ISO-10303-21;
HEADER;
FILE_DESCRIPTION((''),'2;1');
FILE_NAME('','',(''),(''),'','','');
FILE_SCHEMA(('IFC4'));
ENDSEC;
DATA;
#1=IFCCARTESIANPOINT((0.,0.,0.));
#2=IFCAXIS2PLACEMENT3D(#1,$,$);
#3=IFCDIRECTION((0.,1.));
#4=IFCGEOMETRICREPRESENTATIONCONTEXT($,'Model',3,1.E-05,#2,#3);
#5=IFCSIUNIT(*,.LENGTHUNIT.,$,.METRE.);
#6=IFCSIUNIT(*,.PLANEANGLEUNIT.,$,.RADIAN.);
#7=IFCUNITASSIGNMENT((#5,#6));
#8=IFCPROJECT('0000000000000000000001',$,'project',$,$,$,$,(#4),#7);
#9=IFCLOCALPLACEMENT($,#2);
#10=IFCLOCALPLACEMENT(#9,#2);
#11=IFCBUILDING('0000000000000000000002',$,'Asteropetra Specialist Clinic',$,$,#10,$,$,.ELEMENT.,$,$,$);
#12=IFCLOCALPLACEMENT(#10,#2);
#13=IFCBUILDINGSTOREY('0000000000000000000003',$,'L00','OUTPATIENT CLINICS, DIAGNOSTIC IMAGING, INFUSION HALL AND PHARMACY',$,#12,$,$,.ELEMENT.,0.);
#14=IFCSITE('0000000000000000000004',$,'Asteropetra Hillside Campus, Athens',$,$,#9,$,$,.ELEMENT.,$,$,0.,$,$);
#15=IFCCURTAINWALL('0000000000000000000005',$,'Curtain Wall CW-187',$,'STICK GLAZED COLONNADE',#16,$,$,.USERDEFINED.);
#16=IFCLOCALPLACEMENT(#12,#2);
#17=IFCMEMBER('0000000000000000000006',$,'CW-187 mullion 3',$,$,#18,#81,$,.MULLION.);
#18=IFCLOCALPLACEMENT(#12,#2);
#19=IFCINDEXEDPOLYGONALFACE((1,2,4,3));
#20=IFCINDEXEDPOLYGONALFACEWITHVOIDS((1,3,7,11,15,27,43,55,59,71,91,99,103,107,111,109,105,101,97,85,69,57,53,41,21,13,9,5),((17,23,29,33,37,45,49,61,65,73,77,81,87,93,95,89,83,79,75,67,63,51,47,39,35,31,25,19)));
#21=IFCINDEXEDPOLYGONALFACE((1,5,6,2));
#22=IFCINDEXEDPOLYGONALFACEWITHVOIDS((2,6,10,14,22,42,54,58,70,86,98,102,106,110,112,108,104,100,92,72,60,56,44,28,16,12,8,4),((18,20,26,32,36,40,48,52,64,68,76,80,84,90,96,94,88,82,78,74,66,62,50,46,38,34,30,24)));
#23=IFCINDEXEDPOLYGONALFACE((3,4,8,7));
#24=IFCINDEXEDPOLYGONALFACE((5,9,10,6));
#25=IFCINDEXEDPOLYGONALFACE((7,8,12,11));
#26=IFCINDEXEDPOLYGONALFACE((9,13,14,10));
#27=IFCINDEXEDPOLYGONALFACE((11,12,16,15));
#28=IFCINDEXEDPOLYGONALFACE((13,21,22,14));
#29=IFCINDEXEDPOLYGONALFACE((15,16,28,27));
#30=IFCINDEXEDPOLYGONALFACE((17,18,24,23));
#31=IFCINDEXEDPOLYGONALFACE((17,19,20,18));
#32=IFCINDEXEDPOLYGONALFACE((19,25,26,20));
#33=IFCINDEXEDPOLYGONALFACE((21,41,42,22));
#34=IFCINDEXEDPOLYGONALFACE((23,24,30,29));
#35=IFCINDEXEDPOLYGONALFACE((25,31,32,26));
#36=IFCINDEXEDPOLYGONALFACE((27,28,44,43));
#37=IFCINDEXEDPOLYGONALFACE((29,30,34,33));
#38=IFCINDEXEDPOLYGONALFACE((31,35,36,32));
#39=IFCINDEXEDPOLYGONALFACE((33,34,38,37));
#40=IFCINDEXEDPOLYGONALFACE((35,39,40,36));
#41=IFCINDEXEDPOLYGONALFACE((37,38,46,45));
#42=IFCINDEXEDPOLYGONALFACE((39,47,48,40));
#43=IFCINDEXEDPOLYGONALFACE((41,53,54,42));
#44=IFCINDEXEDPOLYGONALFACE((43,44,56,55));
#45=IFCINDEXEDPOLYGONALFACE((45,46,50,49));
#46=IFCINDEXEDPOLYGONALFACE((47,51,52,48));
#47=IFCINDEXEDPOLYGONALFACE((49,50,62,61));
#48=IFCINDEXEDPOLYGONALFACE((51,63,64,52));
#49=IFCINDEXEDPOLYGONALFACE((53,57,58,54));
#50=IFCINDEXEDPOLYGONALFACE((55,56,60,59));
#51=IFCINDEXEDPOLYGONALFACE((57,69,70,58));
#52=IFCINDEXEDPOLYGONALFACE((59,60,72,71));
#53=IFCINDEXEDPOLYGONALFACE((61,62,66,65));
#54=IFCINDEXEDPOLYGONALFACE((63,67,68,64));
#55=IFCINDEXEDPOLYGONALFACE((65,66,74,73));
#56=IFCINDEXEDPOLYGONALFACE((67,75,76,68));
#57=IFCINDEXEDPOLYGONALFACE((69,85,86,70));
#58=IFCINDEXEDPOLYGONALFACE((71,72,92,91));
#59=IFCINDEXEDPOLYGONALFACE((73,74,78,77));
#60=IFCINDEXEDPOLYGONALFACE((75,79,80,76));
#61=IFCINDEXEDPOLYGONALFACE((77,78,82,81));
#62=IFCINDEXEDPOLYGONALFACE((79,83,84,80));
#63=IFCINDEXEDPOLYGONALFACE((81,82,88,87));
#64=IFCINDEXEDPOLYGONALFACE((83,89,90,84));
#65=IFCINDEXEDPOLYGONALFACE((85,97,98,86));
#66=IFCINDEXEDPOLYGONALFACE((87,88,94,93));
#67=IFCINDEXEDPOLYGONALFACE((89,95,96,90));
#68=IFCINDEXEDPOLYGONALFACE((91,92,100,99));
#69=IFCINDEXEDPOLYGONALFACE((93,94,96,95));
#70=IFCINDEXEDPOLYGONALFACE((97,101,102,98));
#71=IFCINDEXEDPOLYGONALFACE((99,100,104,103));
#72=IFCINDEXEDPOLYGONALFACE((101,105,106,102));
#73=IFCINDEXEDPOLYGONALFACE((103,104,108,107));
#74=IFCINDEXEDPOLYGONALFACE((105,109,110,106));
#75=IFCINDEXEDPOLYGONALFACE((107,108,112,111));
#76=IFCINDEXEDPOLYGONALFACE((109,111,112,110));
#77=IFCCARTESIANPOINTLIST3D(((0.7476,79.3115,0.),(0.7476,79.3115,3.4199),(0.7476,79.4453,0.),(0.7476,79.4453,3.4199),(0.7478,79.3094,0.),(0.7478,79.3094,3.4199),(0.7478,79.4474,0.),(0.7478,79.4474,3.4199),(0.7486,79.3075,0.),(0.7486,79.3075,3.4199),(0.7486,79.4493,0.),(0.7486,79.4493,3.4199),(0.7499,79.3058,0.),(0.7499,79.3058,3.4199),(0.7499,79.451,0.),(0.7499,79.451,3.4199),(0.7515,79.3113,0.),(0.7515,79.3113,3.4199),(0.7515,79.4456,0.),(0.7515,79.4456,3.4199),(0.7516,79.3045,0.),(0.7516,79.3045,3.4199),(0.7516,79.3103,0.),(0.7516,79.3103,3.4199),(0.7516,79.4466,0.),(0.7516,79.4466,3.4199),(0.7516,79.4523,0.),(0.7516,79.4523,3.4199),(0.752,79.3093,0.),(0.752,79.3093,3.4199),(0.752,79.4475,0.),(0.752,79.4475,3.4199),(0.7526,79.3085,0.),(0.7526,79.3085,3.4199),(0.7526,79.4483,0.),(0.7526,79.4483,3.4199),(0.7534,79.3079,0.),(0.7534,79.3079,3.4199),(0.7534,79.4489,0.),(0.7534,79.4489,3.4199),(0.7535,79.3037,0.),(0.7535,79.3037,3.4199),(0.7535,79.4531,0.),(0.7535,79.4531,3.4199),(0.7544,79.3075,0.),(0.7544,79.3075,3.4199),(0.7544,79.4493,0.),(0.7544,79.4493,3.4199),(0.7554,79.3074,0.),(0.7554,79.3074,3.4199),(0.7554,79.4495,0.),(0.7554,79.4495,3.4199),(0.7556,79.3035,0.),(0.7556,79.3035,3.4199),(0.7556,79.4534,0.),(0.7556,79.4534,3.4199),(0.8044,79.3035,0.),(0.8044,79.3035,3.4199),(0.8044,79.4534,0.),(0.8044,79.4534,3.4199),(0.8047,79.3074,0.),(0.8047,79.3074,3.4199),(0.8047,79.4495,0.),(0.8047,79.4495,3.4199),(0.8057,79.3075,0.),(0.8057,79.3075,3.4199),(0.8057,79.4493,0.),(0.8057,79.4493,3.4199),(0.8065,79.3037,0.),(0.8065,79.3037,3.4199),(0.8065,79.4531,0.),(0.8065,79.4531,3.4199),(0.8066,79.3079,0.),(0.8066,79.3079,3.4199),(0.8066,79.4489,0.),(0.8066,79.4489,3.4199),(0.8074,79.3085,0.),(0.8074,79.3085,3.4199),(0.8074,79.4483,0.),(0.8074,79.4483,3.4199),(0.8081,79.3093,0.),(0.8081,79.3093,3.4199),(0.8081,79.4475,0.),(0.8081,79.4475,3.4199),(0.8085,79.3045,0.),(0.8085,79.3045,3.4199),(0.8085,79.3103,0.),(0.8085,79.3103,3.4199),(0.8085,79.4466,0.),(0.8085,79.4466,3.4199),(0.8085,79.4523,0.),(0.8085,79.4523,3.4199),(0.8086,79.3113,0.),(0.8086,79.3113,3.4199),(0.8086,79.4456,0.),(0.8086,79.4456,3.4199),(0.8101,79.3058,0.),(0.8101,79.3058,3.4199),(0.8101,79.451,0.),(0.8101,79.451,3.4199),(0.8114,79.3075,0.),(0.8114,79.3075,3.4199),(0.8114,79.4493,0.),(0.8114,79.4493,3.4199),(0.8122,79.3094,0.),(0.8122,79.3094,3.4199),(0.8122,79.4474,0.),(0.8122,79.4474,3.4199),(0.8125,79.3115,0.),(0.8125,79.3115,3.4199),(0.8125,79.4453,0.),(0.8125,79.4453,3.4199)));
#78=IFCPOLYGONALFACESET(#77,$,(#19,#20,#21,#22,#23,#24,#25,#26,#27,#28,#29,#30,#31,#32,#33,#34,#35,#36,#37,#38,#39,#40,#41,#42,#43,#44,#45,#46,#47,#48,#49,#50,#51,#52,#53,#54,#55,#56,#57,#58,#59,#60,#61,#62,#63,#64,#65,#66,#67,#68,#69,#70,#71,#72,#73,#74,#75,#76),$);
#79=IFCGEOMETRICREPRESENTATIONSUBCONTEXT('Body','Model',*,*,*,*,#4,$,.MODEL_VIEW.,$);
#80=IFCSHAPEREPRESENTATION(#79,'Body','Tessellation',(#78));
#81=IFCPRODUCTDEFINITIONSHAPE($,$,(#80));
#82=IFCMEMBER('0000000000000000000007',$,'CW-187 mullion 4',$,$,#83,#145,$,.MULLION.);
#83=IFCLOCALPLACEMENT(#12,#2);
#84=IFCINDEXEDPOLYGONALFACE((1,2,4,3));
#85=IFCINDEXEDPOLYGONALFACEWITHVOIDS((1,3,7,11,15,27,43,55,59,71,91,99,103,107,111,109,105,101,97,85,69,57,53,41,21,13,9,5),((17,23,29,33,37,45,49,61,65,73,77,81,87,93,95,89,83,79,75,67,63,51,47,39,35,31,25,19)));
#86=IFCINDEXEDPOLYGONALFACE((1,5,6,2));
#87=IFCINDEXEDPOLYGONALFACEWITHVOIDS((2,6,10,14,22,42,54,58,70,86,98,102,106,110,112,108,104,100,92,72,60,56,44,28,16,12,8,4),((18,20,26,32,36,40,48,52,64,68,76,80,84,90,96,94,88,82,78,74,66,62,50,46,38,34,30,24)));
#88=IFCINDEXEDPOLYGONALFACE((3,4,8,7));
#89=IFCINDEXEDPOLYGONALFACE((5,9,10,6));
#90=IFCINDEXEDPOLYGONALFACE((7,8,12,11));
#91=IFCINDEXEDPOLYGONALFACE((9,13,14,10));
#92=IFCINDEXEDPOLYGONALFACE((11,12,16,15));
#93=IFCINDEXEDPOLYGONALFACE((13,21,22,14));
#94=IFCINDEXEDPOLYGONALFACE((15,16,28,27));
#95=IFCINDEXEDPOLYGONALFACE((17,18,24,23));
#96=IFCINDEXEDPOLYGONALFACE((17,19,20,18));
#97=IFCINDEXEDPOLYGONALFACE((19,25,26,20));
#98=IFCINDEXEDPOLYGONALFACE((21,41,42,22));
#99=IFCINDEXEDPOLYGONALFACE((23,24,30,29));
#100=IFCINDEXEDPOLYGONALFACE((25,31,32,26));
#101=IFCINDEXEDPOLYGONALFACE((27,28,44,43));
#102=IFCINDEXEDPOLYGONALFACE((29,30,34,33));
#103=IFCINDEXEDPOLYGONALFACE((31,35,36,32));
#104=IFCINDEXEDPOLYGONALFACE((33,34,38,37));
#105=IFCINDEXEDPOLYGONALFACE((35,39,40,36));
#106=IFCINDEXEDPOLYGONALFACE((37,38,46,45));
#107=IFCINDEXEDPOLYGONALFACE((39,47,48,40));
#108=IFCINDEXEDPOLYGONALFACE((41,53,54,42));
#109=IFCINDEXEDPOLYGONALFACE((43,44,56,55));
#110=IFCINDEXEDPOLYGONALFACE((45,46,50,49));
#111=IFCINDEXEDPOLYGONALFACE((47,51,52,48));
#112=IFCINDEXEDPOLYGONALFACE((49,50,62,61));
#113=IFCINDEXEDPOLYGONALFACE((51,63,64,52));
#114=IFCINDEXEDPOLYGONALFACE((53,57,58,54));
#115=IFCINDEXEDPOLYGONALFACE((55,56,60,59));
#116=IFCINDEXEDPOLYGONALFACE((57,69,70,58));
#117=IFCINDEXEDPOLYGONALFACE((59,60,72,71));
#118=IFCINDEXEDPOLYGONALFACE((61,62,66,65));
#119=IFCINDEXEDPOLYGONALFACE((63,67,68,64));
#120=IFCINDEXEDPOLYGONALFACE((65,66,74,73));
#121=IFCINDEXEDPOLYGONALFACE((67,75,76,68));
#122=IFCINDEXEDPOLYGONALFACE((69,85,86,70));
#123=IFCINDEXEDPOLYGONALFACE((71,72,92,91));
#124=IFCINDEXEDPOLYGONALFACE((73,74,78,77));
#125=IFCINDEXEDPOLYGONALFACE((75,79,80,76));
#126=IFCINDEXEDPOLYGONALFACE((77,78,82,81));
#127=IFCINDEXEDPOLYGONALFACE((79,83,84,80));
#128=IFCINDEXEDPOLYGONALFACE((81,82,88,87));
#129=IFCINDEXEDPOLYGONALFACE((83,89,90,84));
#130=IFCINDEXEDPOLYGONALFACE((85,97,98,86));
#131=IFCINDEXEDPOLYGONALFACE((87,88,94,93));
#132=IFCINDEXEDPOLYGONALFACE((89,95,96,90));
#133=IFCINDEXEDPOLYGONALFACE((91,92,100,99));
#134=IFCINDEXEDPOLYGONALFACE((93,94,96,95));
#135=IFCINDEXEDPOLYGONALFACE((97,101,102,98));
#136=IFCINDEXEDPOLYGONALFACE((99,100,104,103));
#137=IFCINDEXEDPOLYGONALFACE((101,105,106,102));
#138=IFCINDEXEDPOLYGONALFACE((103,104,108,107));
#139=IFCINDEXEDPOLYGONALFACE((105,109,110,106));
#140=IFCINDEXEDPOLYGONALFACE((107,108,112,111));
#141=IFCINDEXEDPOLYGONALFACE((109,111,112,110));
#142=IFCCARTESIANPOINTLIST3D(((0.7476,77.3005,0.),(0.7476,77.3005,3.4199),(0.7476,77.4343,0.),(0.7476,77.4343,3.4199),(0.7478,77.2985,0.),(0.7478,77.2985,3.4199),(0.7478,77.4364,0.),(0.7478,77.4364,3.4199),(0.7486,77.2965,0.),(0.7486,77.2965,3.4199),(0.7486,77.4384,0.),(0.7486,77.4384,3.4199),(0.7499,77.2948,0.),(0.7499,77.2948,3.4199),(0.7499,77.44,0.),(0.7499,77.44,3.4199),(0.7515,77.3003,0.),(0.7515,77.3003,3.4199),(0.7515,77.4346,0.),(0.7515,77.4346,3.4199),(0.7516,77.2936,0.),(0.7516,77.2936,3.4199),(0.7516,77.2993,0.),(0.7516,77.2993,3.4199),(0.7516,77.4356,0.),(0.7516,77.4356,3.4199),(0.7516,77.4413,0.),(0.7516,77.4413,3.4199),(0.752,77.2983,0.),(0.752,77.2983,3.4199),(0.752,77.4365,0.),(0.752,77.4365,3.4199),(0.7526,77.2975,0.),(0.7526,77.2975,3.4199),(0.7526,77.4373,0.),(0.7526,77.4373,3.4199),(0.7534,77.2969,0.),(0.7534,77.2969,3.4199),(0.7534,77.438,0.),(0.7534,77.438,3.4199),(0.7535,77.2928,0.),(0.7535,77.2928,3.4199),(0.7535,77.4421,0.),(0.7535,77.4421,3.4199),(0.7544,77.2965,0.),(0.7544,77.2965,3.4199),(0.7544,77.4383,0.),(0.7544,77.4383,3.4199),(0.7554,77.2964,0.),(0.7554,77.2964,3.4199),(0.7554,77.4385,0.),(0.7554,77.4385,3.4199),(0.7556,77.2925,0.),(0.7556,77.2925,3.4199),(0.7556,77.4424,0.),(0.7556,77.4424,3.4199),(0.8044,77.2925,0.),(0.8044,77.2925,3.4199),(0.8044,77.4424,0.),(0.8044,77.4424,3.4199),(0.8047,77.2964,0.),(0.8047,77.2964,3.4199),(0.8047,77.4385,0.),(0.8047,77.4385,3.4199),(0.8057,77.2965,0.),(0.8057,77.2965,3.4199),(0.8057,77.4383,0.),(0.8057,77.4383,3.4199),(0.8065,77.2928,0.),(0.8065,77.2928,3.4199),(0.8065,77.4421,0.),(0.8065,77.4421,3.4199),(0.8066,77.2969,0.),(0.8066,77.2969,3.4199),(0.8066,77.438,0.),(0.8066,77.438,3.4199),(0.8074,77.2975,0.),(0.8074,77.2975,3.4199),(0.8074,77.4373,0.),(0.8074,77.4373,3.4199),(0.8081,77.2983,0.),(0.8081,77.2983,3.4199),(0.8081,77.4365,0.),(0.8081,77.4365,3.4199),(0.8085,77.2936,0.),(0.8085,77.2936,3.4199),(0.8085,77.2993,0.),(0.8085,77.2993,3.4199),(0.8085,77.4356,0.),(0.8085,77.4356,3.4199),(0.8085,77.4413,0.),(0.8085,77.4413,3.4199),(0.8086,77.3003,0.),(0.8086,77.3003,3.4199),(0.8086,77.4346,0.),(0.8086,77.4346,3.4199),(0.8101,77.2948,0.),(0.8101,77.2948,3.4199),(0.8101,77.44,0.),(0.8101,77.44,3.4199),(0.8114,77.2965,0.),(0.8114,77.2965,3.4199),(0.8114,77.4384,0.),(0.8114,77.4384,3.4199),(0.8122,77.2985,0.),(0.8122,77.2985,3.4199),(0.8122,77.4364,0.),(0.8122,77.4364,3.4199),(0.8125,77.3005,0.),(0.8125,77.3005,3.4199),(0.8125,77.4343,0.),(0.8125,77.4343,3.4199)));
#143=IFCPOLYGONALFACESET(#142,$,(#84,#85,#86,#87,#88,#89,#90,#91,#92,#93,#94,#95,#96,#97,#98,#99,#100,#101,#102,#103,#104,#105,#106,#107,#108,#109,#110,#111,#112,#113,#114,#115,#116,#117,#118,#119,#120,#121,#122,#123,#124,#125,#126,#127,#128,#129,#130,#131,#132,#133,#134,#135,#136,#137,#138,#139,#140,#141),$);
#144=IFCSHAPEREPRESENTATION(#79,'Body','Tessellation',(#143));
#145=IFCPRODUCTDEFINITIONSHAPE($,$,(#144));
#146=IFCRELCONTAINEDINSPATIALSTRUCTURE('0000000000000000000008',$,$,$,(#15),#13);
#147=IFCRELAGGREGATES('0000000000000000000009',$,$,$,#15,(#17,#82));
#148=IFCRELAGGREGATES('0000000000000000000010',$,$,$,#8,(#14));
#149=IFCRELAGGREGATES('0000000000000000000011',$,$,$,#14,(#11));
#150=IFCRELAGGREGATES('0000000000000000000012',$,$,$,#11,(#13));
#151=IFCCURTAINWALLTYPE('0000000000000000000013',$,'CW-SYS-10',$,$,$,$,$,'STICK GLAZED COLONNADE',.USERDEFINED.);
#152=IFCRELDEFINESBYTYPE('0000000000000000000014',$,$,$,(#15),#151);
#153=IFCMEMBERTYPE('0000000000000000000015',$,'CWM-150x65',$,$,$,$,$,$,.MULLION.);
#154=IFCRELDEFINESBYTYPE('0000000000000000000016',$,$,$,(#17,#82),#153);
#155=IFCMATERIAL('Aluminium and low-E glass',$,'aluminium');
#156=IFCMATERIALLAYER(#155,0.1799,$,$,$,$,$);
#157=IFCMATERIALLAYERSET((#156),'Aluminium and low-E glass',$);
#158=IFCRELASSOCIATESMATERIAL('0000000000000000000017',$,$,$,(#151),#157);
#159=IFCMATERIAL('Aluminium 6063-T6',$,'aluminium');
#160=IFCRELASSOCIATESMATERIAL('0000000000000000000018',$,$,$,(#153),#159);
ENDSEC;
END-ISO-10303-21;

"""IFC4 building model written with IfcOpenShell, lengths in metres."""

from ifc_helpers import new_model, si_unit, direction, frame, origin, origin_2d, place, context, subcontext, project, spatial, hollow_rectangle, extrude, material, layer, layer_set, material_profile, profile_set, type_object, element, aggregate, save


model = new_model("IFC4")

# Units and contexts
model_context = context("Model", 3, precision=1e-05, world=origin(), true_north=direction((0.0, 1.0)))
body_context = subcontext(model_context, "Body", "Model", "MODEL_VIEW")
ifc_project = project(units=[si_unit("LENGTHUNIT", "METRE"), si_unit("PLANEANGLEUNIT", "RADIAN")], contexts=[model_context])

# Site, building, storey
site_placement = place(None, origin())
site = spatial("IfcSite", under=ifc_project, at=site_placement, Name="Asteropetra Hillside Campus, Athens", CompositionType="ELEMENT", RefElevation=0.0)
building_placement = place(site_placement, origin())
building = spatial("IfcBuilding", under=site, at=building_placement, Name="Asteropetra Specialist Clinic", CompositionType="ELEMENT")
storey_placement = place(building_placement, origin())
storey = spatial("IfcBuildingStorey", under=building, at=storey_placement, Name="L00", Description="OUTPATIENT CLINICS, DIAGNOSTIC IMAGING, INFUSION HALL AND PHARMACY", CompositionType="ELEMENT", Elevation=0.0)

# Curtain wall, members
ifc_material_1 = material(Name="Aluminium and low-E glass", Category="aluminium")
ifc_layer_1 = layer(ifc_material_1, 0.1799)
ifc_layer_set_1 = layer_set([ifc_layer_1], Name="Aluminium and low-E glass")
curtain_wall_type = type_object("IfcCurtainWallType", Name="CW-SYS-10", ElementType="STICK GLAZED COLONNADE", PredefinedType="USERDEFINED", material=ifc_layer_set_1)
curtain_wall_placement = place(storey_placement, origin())
curtain_wall = element("IfcCurtainWall", 1, at=curtain_wall_placement, inside=storey, type_object=curtain_wall_type, Name="Curtain Wall CW-187", ObjectType="STICK GLAZED COLONNADE", PredefinedType="USERDEFINED")
ifc_material_2 = material(Name="Aluminium 6063-T6", Category="aluminium")
ifc_material_profile_1 = material_profile(ifc_material_2, hollow_rectangle(XDim=0.0649, YDim=0.1499, WallThickness=0.0039, InnerFilletRadius=0.0039, OuterFilletRadius=0.0081, at=origin_2d()), Name="MUL 150x65x4.0")
ifc_profile_set_1 = profile_set([ifc_material_profile_1], Name="Aluminium 6063-T6")
member_type_1 = type_object("IfcMemberType", Name="CWM-150x65", PredefinedType="MULLION", material=ifc_profile_set_1)
member_1_placement = place(storey_placement, frame((0.78, 79.3784, 0.0), z_axis=(0.0, 0.0, 1.0), x_axis=(1.0, 0.0, 0.0)))
member_1 = element("IfcMember", 2, at=member_1_placement, type_object=member_type_1, Name="CW-187 mullion 3", PredefinedType="MULLION", context=body_context, shape_type="SweptSolid", body=[
    extrude(hollow_rectangle(XDim=0.0649, YDim=0.1499, WallThickness=0.0039, InnerFilletRadius=0.0039, OuterFilletRadius=0.0081, at=origin_2d()), origin(), (0.0, 0.0, 1.0), 3.4199),
])
member_2_placement = place(storey_placement, frame((0.78, 77.3674, 0.0), z_axis=(0.0, 0.0, 1.0), x_axis=(1.0, 0.0, 0.0)))
member_2 = element("IfcMember", 3, at=member_2_placement, type_object=member_type_1, Name="CW-187 mullion 4", PredefinedType="MULLION", context=body_context, shape_type="SweptSolid", body=[
    extrude(hollow_rectangle(XDim=0.0649, YDim=0.1499, WallThickness=0.0039, InnerFilletRadius=0.0039, OuterFilletRadius=0.0081, at=origin_2d()), origin(), (0.0, 0.0, 1.0), 3.4199),
])
aggregate(curtain_wall, [member_1, member_2])

save(model, "model.ifc")
